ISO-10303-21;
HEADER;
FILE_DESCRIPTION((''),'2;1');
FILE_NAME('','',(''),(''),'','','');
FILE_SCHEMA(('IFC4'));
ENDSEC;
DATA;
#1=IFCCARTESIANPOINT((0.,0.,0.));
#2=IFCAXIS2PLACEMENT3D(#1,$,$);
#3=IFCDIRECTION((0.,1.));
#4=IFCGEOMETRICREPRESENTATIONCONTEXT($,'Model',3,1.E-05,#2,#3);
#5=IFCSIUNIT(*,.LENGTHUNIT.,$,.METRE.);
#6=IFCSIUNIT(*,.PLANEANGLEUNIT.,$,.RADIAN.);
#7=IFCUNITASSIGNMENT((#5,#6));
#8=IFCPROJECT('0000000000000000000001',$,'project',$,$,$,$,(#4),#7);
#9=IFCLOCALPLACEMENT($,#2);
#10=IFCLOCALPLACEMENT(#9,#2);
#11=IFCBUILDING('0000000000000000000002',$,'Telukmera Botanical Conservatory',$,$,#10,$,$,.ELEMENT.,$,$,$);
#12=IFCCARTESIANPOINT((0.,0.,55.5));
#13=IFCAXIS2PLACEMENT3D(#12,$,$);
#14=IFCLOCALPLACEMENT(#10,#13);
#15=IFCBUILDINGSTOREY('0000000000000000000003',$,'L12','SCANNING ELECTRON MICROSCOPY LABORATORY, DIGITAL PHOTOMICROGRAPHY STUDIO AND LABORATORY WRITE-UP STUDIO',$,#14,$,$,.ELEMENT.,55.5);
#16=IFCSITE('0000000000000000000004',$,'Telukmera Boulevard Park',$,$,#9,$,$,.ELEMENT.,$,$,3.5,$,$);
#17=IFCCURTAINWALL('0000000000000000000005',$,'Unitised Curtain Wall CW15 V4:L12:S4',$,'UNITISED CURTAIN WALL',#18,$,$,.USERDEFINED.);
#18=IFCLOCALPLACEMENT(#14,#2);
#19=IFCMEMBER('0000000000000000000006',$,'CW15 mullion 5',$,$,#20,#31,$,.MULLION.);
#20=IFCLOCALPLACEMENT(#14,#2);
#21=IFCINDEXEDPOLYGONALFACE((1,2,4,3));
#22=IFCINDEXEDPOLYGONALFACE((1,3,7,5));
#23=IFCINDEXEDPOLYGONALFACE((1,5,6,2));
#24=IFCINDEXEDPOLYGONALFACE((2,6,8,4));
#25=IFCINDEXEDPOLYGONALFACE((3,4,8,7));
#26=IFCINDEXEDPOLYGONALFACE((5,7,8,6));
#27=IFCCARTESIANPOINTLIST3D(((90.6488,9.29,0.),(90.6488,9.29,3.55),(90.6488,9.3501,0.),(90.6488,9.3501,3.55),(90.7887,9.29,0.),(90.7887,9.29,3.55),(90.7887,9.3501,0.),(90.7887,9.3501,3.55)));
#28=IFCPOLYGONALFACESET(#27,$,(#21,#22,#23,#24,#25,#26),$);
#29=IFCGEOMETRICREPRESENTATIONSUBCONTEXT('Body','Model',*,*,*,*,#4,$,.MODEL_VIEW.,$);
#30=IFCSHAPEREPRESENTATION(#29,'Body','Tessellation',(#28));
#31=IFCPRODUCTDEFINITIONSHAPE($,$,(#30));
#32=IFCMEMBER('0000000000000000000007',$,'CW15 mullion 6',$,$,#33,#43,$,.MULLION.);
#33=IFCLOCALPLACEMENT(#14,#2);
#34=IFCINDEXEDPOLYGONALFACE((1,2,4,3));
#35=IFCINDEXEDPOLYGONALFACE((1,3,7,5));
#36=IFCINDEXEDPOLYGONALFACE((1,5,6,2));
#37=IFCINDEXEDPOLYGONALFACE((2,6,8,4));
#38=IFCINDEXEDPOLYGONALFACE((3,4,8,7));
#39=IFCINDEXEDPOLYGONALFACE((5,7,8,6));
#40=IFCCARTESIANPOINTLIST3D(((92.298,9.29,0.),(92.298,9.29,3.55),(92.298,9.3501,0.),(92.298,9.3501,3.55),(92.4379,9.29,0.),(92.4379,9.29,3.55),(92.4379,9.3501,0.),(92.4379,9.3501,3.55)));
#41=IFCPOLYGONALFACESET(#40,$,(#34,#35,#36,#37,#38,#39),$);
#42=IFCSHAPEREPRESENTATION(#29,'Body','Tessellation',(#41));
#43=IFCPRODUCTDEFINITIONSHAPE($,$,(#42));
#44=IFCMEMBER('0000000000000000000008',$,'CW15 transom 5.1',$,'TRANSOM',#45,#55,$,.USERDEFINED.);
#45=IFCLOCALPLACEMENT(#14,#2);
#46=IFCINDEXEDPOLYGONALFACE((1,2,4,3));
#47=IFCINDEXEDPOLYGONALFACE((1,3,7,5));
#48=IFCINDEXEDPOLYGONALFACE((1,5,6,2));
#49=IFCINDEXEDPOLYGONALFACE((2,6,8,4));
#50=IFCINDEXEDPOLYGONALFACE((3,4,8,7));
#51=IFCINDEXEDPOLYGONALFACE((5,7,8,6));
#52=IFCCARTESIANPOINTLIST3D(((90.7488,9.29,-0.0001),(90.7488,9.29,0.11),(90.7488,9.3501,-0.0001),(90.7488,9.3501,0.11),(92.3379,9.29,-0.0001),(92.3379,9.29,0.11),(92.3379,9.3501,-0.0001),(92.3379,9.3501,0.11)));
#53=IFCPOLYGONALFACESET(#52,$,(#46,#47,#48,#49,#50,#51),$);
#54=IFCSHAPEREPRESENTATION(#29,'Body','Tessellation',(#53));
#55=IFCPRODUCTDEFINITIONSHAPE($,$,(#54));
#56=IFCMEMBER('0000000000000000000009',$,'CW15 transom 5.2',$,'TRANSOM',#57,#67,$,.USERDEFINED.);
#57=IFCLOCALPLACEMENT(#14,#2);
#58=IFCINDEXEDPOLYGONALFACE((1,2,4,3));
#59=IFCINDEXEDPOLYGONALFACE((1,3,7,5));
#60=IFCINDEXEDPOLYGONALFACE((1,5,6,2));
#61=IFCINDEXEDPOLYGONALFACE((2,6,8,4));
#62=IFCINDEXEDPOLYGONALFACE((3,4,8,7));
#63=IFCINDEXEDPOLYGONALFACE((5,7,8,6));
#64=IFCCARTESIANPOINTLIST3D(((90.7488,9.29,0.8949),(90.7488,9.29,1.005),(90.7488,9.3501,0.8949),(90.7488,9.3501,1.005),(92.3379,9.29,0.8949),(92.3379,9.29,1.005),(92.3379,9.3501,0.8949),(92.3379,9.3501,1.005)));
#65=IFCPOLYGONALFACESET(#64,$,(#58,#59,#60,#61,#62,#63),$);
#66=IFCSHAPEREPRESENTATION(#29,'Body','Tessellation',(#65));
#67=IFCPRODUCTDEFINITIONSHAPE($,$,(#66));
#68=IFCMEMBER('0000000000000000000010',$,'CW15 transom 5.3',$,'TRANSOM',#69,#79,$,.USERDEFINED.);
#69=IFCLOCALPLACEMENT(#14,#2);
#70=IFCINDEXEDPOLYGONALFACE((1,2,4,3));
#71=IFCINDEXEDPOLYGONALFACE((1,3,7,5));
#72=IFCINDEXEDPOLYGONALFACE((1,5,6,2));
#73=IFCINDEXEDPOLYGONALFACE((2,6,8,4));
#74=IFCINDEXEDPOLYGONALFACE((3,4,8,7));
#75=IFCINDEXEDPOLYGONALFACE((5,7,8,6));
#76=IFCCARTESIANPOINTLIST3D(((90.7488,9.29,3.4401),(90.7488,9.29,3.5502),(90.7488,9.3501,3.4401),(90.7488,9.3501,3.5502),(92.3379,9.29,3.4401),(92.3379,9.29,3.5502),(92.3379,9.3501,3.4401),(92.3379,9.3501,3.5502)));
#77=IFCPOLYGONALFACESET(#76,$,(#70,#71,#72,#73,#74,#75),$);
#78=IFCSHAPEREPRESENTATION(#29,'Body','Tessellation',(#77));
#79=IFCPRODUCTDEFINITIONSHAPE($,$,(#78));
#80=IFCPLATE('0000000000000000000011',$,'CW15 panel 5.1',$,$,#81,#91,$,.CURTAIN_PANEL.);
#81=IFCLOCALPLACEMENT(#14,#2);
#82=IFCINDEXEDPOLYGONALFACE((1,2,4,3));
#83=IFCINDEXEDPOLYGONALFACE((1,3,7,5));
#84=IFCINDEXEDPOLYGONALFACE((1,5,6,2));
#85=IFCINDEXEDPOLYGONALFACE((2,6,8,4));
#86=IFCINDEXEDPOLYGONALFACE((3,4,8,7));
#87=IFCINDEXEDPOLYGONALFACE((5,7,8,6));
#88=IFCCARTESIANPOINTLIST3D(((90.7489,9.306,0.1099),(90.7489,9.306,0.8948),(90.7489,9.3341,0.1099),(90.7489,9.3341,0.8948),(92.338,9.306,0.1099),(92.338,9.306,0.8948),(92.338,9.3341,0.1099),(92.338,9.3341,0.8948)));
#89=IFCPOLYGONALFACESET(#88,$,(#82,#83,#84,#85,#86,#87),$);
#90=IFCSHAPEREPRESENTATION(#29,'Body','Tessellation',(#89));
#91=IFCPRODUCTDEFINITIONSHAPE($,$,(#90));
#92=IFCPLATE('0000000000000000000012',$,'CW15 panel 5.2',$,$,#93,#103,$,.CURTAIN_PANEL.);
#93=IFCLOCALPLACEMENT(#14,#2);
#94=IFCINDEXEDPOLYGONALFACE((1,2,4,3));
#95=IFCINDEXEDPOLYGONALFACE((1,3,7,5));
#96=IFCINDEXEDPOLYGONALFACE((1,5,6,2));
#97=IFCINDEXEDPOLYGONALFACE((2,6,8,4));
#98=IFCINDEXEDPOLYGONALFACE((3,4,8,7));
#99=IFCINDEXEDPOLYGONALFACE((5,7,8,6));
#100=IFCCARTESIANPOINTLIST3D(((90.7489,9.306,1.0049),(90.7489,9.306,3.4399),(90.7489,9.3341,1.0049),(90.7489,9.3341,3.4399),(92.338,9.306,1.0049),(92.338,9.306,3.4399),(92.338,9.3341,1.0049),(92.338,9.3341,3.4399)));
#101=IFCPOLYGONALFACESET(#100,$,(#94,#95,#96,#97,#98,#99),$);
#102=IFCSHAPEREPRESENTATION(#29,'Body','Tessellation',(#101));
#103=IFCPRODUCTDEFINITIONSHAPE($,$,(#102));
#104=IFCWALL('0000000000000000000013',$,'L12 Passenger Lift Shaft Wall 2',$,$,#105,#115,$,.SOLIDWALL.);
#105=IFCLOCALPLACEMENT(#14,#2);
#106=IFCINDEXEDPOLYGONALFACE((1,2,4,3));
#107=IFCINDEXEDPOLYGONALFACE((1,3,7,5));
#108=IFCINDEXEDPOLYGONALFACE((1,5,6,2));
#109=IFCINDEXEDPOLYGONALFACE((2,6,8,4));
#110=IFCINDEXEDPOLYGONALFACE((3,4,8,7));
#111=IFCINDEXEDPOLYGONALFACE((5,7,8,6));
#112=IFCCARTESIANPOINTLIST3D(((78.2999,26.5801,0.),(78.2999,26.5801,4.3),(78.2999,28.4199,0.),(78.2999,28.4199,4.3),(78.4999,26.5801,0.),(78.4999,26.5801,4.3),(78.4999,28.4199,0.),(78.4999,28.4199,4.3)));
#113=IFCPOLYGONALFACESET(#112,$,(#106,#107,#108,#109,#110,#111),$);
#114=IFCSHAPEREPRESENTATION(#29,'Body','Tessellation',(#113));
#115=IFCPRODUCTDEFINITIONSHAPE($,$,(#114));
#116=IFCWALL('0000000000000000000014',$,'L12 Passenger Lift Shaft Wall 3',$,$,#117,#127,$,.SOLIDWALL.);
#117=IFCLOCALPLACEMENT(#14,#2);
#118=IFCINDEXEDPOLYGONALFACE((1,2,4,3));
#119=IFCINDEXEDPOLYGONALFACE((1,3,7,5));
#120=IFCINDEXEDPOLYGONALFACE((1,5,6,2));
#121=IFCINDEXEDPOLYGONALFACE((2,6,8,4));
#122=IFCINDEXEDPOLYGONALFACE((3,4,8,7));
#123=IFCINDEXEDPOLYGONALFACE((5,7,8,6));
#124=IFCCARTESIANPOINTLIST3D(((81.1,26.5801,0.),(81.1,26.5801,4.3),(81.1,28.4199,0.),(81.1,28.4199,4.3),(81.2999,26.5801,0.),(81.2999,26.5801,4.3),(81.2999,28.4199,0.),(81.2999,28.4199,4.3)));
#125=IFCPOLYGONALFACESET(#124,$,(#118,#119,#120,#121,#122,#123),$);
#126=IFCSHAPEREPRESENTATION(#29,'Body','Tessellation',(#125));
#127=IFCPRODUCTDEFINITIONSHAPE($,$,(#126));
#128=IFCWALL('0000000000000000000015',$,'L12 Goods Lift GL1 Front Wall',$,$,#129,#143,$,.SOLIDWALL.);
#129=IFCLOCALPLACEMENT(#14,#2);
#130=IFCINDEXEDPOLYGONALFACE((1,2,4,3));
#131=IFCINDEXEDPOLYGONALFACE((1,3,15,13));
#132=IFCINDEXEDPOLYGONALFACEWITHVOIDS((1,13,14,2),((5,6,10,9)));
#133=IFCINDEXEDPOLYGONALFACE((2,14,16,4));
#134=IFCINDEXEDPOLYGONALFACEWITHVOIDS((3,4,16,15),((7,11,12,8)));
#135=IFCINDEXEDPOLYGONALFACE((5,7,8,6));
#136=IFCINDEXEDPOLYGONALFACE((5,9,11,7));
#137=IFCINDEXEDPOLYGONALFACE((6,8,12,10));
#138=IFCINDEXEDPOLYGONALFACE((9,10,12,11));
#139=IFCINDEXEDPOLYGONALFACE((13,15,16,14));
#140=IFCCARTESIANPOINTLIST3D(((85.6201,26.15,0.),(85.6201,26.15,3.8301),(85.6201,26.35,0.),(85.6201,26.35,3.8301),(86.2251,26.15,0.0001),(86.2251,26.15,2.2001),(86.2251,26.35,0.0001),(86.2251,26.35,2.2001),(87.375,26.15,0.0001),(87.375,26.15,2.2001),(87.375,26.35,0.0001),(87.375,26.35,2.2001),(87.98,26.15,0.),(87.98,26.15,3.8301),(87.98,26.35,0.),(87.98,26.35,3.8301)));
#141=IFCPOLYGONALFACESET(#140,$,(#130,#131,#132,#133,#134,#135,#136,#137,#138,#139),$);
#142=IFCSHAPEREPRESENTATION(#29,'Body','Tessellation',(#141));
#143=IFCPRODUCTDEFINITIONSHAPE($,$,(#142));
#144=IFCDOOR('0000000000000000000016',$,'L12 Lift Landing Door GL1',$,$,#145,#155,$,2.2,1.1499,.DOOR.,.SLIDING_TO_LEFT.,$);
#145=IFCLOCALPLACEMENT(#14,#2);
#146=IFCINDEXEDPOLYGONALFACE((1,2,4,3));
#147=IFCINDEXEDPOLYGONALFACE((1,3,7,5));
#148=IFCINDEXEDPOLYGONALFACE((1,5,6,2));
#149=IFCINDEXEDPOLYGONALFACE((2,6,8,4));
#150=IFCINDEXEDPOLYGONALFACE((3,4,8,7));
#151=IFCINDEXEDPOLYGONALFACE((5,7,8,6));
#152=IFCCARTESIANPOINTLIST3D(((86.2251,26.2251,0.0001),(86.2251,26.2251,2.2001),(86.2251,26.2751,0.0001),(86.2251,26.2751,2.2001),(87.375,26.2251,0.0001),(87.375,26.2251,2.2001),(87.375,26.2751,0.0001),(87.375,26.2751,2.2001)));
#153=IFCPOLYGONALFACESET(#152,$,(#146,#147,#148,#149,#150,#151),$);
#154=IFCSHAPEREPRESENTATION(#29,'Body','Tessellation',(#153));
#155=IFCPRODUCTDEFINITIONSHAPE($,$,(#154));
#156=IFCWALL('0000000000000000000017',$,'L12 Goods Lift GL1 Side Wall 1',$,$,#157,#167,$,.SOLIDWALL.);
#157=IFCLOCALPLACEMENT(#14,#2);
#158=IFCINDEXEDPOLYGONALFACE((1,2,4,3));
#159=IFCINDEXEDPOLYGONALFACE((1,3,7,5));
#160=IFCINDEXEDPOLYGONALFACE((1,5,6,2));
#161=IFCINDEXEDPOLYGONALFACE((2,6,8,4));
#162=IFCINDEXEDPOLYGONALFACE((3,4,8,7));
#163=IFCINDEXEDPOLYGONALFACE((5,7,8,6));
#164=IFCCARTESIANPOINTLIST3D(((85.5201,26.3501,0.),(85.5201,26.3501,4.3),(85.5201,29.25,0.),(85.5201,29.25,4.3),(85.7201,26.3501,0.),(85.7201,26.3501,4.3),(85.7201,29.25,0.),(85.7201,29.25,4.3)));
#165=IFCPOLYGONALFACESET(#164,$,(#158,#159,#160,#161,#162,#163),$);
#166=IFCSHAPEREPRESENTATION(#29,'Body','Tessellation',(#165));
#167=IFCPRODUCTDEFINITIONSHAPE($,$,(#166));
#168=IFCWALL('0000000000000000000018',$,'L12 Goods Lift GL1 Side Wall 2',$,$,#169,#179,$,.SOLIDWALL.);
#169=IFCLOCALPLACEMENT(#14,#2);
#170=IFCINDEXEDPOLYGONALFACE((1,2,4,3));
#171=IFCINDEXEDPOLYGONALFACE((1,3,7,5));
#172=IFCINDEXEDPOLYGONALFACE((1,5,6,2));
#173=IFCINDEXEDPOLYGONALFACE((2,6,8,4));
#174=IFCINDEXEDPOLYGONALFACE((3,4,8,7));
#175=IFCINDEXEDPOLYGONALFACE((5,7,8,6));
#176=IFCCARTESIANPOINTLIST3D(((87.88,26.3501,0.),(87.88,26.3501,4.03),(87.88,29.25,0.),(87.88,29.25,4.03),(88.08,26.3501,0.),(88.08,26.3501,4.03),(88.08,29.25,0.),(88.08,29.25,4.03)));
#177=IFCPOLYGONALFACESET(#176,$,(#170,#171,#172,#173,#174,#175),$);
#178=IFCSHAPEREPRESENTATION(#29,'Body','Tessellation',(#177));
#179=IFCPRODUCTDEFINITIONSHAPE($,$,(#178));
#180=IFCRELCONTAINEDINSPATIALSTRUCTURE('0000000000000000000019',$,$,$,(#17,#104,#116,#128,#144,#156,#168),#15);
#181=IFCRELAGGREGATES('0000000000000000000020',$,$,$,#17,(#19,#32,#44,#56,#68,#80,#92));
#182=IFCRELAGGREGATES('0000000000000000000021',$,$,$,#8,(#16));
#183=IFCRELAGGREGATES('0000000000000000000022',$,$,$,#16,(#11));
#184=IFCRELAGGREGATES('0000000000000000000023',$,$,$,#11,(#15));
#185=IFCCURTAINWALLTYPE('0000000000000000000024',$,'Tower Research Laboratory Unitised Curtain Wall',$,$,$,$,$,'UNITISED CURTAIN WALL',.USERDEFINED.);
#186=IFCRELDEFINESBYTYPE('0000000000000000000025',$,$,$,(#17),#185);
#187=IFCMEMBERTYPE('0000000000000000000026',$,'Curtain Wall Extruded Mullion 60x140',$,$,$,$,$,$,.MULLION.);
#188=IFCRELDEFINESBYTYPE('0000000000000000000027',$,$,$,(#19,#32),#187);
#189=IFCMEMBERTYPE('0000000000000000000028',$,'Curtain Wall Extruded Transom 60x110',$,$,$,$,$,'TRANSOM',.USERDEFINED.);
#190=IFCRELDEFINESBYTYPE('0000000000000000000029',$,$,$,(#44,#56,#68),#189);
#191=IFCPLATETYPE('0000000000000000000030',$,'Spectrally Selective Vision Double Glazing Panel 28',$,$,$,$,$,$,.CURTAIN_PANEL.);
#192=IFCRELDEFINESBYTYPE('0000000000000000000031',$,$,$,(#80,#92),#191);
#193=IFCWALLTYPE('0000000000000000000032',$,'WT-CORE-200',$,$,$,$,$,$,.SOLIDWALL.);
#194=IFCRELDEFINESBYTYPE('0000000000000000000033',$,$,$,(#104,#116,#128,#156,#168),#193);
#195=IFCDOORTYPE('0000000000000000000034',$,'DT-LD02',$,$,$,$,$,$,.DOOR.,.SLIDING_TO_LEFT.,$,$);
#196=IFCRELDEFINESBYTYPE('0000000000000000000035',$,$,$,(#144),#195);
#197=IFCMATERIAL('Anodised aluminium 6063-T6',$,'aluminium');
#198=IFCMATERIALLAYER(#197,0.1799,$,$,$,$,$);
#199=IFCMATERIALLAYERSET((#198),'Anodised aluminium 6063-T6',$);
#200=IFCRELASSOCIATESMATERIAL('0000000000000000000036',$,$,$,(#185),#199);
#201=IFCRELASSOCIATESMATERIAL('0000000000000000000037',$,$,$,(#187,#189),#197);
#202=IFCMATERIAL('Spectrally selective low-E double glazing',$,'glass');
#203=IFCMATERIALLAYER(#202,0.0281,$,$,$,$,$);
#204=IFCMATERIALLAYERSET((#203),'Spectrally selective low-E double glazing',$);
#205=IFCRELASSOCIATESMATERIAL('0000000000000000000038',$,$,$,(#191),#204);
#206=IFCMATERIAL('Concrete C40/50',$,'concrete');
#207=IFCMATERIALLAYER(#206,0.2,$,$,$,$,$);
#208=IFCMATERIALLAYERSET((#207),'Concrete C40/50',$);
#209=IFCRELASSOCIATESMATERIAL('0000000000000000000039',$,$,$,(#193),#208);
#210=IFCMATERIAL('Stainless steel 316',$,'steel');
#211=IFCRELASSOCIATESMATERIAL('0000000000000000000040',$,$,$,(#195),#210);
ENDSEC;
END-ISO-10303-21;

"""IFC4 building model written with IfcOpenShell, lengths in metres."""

from ifc_helpers import new_model, si_unit, direction, frame, frame_2d, origin, origin_2d, place, context, subcontext, project, spatial, rectangle, extrude, material, layer, layer_set, material_profile, profile_set, type_object, element, fill, aggregate, save


model = new_model("IFC4")

# Units and contexts
model_context = context("Model", 3, precision=1e-05, world=origin(), true_north=direction((0.0, 1.0)))
body_context = subcontext(model_context, "Body", "Model", "MODEL_VIEW")
ifc_project = project(units=[si_unit("LENGTHUNIT", "METRE"), si_unit("PLANEANGLEUNIT", "RADIAN")], contexts=[model_context])

# Site, building, storey
site_placement = place(None, origin())
site = spatial("IfcSite", under=ifc_project, at=site_placement, Name="Telukmera Boulevard Park", CompositionType="ELEMENT", RefElevation=3.5)
building_placement = place(site_placement, origin())
building = spatial("IfcBuilding", under=site, at=building_placement, Name="Telukmera Botanical Conservatory", CompositionType="ELEMENT")
storey_placement = place(building_placement, frame((0.0, 0.0, 55.5)))
storey = spatial("IfcBuildingStorey", under=building, at=storey_placement, Name="L12", Description="SCANNING ELECTRON MICROSCOPY LABORATORY, DIGITAL PHOTOMICROGRAPHY STUDIO AND LABORATORY WRITE-UP STUDIO", CompositionType="ELEMENT", Elevation=55.5)

# Shared definitions
ifc_material_1 = material(Name="Concrete C40/50", Category="concrete")

# Curtain wall, members, plates
ifc_material_2 = material(Name="Anodised aluminium 6063-T6", Category="aluminium")
ifc_layer_1 = layer(ifc_material_2, 0.1799)
ifc_layer_set_1 = layer_set([ifc_layer_1], Name="Anodised aluminium 6063-T6")
curtain_wall_type = type_object("IfcCurtainWallType", Name="Tower Research Laboratory Unitised Curtain Wall", ElementType="UNITISED CURTAIN WALL", PredefinedType="USERDEFINED", material=ifc_layer_set_1)
curtain_wall_placement = place(storey_placement, origin())
curtain_wall = element("IfcCurtainWall", 1, at=curtain_wall_placement, inside=storey, type_object=curtain_wall_type, Name="Unitised Curtain Wall CW15 V4:L12:S4", ObjectType="UNITISED CURTAIN WALL", PredefinedType="USERDEFINED")
ifc_material_profile_1 = material_profile(ifc_material_2, rectangle(XDim=0.0601, YDim=0.1399, at=origin_2d()), Name="ALU MULL 60x140")
ifc_profile_set_1 = profile_set([ifc_material_profile_1], Name="Anodised aluminium 6063-T6")
member_type_1 = type_object("IfcMemberType", Name="Curtain Wall Extruded Mullion 60x140", PredefinedType="MULLION", material=ifc_profile_set_1)
member_1_placement = place(storey_placement, frame((90.7188, 9.3201, 0.0), z_axis=(0.0, 0.0, 1.0), x_axis=(0.0, 1.0, 0.0)))
member_1 = element("IfcMember", 2, at=member_1_placement, type_object=member_type_1, Name="CW15 mullion 5", PredefinedType="MULLION", context=body_context, shape_type="SweptSolid", body=[
    extrude(rectangle(XDim=0.0601, YDim=0.1399, at=origin_2d()), origin(), (0.0, 0.0, 1.0), 3.55),
])
member_2_placement = place(storey_placement, frame((92.3679, 9.3201, 0.0), z_axis=(0.0, 0.0, 1.0), x_axis=(0.0, 1.0, 0.0)))
member_2 = element("IfcMember", 3, at=member_2_placement, type_object=member_type_1, Name="CW15 mullion 6", PredefinedType="MULLION", context=body_context, shape_type="SweptSolid", body=[
    extrude(rectangle(XDim=0.0601, YDim=0.1399, at=origin_2d()), origin(), (0.0, 0.0, 1.0), 3.55),
])
ifc_material_profile_2 = material_profile(ifc_material_2, rectangle(XDim=0.0601, YDim=0.1101, at=origin_2d()), Name="ALU TRAN 60x110")
ifc_profile_set_2 = profile_set([ifc_material_profile_2], Name="Anodised aluminium 6063-T6")
member_type_2 = type_object("IfcMemberType", Name="Curtain Wall Extruded Transom 60x110", ElementType="TRANSOM", PredefinedType="USERDEFINED", material=ifc_profile_set_2)
member_3_placement = place(storey_placement, frame((90.7488, 9.3201, 0.0549), z_axis=(1.0, 0.0, 0.0), x_axis=(0.0, 1.0, 0.0)))
member_3 = element("IfcMember", 4, at=member_3_placement, type_object=member_type_2, Name="CW15 transom 5.1", ObjectType="TRANSOM", PredefinedType="USERDEFINED", context=body_context, shape_type="SweptSolid", body=[
    extrude(rectangle(XDim=0.0601, YDim=0.1101, at=origin_2d()), origin(), (0.0, 0.0, 1.0), 1.5891),
])
member_4_placement = place(storey_placement, frame((90.7488, 9.3201, 0.95), z_axis=(1.0, 0.0, 0.0), x_axis=(0.0, 1.0, 0.0)))
member_4 = element("IfcMember", 5, at=member_4_placement, type_object=member_type_2, Name="CW15 transom 5.2", ObjectType="TRANSOM", PredefinedType="USERDEFINED", context=body_context, shape_type="SweptSolid", body=[
    extrude(rectangle(XDim=0.0601, YDim=0.1101, at=origin_2d()), origin(), (0.0, 0.0, 1.0), 1.5891),
])
member_5_placement = place(storey_placement, frame((90.7488, 9.3201, 3.4951), z_axis=(1.0, 0.0, 0.0), x_axis=(0.0, 1.0, 0.0)))
member_5 = element("IfcMember", 6, at=member_5_placement, type_object=member_type_2, Name="CW15 transom 5.3", ObjectType="TRANSOM", PredefinedType="USERDEFINED", context=body_context, shape_type="SweptSolid", body=[
    extrude(rectangle(XDim=0.0601, YDim=0.1101, at=origin_2d()), origin(), (0.0, 0.0, 1.0), 1.5891),
])
ifc_material_3 = material(Name="Spectrally selective low-E double glazing", Category="glass")
ifc_layer_2 = layer(ifc_material_3, 0.0281)
ifc_layer_set_2 = layer_set([ifc_layer_2], Name="Spectrally selective low-E double glazing")
plate_type = type_object("IfcPlateType", Name="Spectrally Selective Vision Double Glazing Panel 28", PredefinedType="CURTAIN_PANEL", material=ifc_layer_set_2)
plate_1_placement = place(storey_placement, frame((91.5435, 9.3201, 0.1099), z_axis=(0.0, 0.0, 1.0), x_axis=(1.0, 0.0, 0.0)))
plate_1 = element("IfcPlate", 7, at=plate_1_placement, type_object=plate_type, Name="CW15 panel 5.1", PredefinedType="CURTAIN_PANEL", context=body_context, shape_type="SweptSolid", body=[
    extrude(rectangle(XDim=1.5891, YDim=0.0281, at=origin_2d()), origin(), (0.0, 0.0, 1.0), 0.7849),
])
plate_2_placement = place(storey_placement, frame((91.5435, 9.3201, 1.0049), z_axis=(0.0, 0.0, 1.0), x_axis=(1.0, 0.0, 0.0)))
plate_2 = element("IfcPlate", 8, at=plate_2_placement, type_object=plate_type, Name="CW15 panel 5.2", PredefinedType="CURTAIN_PANEL", context=body_context, shape_type="SweptSolid", body=[
    extrude(rectangle(XDim=1.5891, YDim=0.0281, at=origin_2d()), origin(), (0.0, 0.0, 1.0), 2.4351),
])
aggregate(curtain_wall, [member_1, member_2, member_3, member_4, member_5, plate_1, plate_2])

# Walls
ifc_layer_3 = layer(ifc_material_1, 0.2)
ifc_layer_set_3 = layer_set([ifc_layer_3], Name="Concrete C40/50")
wall_type_1 = type_object("IfcWallType", Name="WT-CORE-200", PredefinedType="SOLIDWALL", material=ifc_layer_set_3)
for number, where, z_axis, x_axis, name in (
    (9, (78.3999, 26.5801, 0.0), (0.0, 0.0, 1.0), (0.0, 1.0, 0.0), "L12 Passenger Lift Shaft Wall 2"),
    (10, (81.2, 26.5801, 0.0), (0.0, 0.0, 1.0), (0.0, 1.0, 0.0), "L12 Passenger Lift Shaft Wall 3"),
):
    element("IfcWall", number, at=place(storey_placement, frame(where, z_axis=z_axis, x_axis=x_axis)), inside=storey, type_object=wall_type_1, Name=name, PredefinedType="SOLIDWALL", context=body_context, shape_type="SweptSolid", body=[
        extrude(rectangle(XDim=1.8398, YDim=0.2, at=frame_2d((0.9199, 0.0))), origin(), (0.0, 0.0, 1.0), 4.3),
    ])

# Wall, opening, door
wall_1_placement = place(storey_placement, frame((85.6201, 26.25, 0.0), z_axis=(0.0, 0.0, 1.0), x_axis=(1.0, 0.0, 0.0)))
wall_1 = element("IfcWall", 11, at=wall_1_placement, inside=storey, type_object=wall_type_1, Name="L12 Goods Lift GL1 Front Wall", PredefinedType="SOLIDWALL", context=body_context, shape_type="SweptSolid", body=[
    extrude(rectangle(XDim=2.3599, YDim=0.2, at=frame_2d((1.1799, 0.0))), origin(), (0.0, 0.0, 1.0), 3.8301),
])
opening_1_placement = place(wall_1_placement, frame((0.605, 0.0, 0.0)))
opening_1 = element("IfcOpeningElement", 12, at=opening_1_placement, cuts=wall_1, PredefinedType="OPENING", context=body_context, shape_type="SweptSolid", body=[
    extrude(rectangle(XDim=1.1499, YDim=2.2, at=frame_2d((0.575, 1.1001))), frame((0.0, 0.1099, 0.0), z_axis=(0.0, -1.0, 0.0), x_axis=(1.0, 0.0, 0.0)), (0.0, 0.0, 1.0), 0.22),
])
ifc_material_4 = material(Name="Stainless steel 316", Category="steel")
door_type_1 = type_object("IfcDoorType", Name="DT-LD02", OperationType="SLIDING_TO_LEFT", PredefinedType="DOOR", material=ifc_material_4)
door_1_placement = place(opening_1_placement, frame((1.1499, 0.0, 0.0), z_axis=(0.0, 0.0, 1.0), x_axis=(-1.0, 0.0, 0.0)))
door_1 = element("IfcDoor", 13, at=door_1_placement, inside=storey, type_object=door_type_1, Name="L12 Lift Landing Door GL1", OperationType="SLIDING_TO_LEFT", OverallHeight=2.2, OverallWidth=1.1499, PredefinedType="DOOR", context=body_context, shape_type="SweptSolid", body=[
    extrude(rectangle(XDim=1.1499, YDim=2.2, at=frame_2d((0.575, 1.1001))), frame((0.0, 0.0249, 0.0), z_axis=(0.0, -1.0, 0.0), x_axis=(1.0, 0.0, 0.0)), (0.0, 0.0, 1.0), 0.05),
])
fill(opening_1, door_1)

# Walls
wall_2_placement = place(storey_placement, frame((85.6201, 26.3501, 0.0), z_axis=(0.0, 0.0, 1.0), x_axis=(0.0, 1.0, 0.0)))
element("IfcWall", 14, at=wall_2_placement, inside=storey, type_object=wall_type_1, Name="L12 Goods Lift GL1 Side Wall 1", PredefinedType="SOLIDWALL", context=body_context, shape_type="SweptSolid", body=[
    extrude(rectangle(XDim=2.8999, YDim=0.2, at=frame_2d((1.45, 0.0))), origin(), (0.0, 0.0, 1.0), 4.3),
])
wall_3_placement = place(storey_placement, frame((87.98, 26.3501, 0.0), z_axis=(0.0, 0.0, 1.0), x_axis=(0.0, 1.0, 0.0)))
element("IfcWall", 15, at=wall_3_placement, inside=storey, type_object=wall_type_1, Name="L12 Goods Lift GL1 Side Wall 2", PredefinedType="SOLIDWALL", context=body_context, shape_type="SweptSolid", body=[
    extrude(rectangle(XDim=2.8999, YDim=0.2, at=frame_2d((1.45, 0.0))), origin(), (0.0, 0.0, 1.0), 4.03),
])

save(model, "model.ifc")
